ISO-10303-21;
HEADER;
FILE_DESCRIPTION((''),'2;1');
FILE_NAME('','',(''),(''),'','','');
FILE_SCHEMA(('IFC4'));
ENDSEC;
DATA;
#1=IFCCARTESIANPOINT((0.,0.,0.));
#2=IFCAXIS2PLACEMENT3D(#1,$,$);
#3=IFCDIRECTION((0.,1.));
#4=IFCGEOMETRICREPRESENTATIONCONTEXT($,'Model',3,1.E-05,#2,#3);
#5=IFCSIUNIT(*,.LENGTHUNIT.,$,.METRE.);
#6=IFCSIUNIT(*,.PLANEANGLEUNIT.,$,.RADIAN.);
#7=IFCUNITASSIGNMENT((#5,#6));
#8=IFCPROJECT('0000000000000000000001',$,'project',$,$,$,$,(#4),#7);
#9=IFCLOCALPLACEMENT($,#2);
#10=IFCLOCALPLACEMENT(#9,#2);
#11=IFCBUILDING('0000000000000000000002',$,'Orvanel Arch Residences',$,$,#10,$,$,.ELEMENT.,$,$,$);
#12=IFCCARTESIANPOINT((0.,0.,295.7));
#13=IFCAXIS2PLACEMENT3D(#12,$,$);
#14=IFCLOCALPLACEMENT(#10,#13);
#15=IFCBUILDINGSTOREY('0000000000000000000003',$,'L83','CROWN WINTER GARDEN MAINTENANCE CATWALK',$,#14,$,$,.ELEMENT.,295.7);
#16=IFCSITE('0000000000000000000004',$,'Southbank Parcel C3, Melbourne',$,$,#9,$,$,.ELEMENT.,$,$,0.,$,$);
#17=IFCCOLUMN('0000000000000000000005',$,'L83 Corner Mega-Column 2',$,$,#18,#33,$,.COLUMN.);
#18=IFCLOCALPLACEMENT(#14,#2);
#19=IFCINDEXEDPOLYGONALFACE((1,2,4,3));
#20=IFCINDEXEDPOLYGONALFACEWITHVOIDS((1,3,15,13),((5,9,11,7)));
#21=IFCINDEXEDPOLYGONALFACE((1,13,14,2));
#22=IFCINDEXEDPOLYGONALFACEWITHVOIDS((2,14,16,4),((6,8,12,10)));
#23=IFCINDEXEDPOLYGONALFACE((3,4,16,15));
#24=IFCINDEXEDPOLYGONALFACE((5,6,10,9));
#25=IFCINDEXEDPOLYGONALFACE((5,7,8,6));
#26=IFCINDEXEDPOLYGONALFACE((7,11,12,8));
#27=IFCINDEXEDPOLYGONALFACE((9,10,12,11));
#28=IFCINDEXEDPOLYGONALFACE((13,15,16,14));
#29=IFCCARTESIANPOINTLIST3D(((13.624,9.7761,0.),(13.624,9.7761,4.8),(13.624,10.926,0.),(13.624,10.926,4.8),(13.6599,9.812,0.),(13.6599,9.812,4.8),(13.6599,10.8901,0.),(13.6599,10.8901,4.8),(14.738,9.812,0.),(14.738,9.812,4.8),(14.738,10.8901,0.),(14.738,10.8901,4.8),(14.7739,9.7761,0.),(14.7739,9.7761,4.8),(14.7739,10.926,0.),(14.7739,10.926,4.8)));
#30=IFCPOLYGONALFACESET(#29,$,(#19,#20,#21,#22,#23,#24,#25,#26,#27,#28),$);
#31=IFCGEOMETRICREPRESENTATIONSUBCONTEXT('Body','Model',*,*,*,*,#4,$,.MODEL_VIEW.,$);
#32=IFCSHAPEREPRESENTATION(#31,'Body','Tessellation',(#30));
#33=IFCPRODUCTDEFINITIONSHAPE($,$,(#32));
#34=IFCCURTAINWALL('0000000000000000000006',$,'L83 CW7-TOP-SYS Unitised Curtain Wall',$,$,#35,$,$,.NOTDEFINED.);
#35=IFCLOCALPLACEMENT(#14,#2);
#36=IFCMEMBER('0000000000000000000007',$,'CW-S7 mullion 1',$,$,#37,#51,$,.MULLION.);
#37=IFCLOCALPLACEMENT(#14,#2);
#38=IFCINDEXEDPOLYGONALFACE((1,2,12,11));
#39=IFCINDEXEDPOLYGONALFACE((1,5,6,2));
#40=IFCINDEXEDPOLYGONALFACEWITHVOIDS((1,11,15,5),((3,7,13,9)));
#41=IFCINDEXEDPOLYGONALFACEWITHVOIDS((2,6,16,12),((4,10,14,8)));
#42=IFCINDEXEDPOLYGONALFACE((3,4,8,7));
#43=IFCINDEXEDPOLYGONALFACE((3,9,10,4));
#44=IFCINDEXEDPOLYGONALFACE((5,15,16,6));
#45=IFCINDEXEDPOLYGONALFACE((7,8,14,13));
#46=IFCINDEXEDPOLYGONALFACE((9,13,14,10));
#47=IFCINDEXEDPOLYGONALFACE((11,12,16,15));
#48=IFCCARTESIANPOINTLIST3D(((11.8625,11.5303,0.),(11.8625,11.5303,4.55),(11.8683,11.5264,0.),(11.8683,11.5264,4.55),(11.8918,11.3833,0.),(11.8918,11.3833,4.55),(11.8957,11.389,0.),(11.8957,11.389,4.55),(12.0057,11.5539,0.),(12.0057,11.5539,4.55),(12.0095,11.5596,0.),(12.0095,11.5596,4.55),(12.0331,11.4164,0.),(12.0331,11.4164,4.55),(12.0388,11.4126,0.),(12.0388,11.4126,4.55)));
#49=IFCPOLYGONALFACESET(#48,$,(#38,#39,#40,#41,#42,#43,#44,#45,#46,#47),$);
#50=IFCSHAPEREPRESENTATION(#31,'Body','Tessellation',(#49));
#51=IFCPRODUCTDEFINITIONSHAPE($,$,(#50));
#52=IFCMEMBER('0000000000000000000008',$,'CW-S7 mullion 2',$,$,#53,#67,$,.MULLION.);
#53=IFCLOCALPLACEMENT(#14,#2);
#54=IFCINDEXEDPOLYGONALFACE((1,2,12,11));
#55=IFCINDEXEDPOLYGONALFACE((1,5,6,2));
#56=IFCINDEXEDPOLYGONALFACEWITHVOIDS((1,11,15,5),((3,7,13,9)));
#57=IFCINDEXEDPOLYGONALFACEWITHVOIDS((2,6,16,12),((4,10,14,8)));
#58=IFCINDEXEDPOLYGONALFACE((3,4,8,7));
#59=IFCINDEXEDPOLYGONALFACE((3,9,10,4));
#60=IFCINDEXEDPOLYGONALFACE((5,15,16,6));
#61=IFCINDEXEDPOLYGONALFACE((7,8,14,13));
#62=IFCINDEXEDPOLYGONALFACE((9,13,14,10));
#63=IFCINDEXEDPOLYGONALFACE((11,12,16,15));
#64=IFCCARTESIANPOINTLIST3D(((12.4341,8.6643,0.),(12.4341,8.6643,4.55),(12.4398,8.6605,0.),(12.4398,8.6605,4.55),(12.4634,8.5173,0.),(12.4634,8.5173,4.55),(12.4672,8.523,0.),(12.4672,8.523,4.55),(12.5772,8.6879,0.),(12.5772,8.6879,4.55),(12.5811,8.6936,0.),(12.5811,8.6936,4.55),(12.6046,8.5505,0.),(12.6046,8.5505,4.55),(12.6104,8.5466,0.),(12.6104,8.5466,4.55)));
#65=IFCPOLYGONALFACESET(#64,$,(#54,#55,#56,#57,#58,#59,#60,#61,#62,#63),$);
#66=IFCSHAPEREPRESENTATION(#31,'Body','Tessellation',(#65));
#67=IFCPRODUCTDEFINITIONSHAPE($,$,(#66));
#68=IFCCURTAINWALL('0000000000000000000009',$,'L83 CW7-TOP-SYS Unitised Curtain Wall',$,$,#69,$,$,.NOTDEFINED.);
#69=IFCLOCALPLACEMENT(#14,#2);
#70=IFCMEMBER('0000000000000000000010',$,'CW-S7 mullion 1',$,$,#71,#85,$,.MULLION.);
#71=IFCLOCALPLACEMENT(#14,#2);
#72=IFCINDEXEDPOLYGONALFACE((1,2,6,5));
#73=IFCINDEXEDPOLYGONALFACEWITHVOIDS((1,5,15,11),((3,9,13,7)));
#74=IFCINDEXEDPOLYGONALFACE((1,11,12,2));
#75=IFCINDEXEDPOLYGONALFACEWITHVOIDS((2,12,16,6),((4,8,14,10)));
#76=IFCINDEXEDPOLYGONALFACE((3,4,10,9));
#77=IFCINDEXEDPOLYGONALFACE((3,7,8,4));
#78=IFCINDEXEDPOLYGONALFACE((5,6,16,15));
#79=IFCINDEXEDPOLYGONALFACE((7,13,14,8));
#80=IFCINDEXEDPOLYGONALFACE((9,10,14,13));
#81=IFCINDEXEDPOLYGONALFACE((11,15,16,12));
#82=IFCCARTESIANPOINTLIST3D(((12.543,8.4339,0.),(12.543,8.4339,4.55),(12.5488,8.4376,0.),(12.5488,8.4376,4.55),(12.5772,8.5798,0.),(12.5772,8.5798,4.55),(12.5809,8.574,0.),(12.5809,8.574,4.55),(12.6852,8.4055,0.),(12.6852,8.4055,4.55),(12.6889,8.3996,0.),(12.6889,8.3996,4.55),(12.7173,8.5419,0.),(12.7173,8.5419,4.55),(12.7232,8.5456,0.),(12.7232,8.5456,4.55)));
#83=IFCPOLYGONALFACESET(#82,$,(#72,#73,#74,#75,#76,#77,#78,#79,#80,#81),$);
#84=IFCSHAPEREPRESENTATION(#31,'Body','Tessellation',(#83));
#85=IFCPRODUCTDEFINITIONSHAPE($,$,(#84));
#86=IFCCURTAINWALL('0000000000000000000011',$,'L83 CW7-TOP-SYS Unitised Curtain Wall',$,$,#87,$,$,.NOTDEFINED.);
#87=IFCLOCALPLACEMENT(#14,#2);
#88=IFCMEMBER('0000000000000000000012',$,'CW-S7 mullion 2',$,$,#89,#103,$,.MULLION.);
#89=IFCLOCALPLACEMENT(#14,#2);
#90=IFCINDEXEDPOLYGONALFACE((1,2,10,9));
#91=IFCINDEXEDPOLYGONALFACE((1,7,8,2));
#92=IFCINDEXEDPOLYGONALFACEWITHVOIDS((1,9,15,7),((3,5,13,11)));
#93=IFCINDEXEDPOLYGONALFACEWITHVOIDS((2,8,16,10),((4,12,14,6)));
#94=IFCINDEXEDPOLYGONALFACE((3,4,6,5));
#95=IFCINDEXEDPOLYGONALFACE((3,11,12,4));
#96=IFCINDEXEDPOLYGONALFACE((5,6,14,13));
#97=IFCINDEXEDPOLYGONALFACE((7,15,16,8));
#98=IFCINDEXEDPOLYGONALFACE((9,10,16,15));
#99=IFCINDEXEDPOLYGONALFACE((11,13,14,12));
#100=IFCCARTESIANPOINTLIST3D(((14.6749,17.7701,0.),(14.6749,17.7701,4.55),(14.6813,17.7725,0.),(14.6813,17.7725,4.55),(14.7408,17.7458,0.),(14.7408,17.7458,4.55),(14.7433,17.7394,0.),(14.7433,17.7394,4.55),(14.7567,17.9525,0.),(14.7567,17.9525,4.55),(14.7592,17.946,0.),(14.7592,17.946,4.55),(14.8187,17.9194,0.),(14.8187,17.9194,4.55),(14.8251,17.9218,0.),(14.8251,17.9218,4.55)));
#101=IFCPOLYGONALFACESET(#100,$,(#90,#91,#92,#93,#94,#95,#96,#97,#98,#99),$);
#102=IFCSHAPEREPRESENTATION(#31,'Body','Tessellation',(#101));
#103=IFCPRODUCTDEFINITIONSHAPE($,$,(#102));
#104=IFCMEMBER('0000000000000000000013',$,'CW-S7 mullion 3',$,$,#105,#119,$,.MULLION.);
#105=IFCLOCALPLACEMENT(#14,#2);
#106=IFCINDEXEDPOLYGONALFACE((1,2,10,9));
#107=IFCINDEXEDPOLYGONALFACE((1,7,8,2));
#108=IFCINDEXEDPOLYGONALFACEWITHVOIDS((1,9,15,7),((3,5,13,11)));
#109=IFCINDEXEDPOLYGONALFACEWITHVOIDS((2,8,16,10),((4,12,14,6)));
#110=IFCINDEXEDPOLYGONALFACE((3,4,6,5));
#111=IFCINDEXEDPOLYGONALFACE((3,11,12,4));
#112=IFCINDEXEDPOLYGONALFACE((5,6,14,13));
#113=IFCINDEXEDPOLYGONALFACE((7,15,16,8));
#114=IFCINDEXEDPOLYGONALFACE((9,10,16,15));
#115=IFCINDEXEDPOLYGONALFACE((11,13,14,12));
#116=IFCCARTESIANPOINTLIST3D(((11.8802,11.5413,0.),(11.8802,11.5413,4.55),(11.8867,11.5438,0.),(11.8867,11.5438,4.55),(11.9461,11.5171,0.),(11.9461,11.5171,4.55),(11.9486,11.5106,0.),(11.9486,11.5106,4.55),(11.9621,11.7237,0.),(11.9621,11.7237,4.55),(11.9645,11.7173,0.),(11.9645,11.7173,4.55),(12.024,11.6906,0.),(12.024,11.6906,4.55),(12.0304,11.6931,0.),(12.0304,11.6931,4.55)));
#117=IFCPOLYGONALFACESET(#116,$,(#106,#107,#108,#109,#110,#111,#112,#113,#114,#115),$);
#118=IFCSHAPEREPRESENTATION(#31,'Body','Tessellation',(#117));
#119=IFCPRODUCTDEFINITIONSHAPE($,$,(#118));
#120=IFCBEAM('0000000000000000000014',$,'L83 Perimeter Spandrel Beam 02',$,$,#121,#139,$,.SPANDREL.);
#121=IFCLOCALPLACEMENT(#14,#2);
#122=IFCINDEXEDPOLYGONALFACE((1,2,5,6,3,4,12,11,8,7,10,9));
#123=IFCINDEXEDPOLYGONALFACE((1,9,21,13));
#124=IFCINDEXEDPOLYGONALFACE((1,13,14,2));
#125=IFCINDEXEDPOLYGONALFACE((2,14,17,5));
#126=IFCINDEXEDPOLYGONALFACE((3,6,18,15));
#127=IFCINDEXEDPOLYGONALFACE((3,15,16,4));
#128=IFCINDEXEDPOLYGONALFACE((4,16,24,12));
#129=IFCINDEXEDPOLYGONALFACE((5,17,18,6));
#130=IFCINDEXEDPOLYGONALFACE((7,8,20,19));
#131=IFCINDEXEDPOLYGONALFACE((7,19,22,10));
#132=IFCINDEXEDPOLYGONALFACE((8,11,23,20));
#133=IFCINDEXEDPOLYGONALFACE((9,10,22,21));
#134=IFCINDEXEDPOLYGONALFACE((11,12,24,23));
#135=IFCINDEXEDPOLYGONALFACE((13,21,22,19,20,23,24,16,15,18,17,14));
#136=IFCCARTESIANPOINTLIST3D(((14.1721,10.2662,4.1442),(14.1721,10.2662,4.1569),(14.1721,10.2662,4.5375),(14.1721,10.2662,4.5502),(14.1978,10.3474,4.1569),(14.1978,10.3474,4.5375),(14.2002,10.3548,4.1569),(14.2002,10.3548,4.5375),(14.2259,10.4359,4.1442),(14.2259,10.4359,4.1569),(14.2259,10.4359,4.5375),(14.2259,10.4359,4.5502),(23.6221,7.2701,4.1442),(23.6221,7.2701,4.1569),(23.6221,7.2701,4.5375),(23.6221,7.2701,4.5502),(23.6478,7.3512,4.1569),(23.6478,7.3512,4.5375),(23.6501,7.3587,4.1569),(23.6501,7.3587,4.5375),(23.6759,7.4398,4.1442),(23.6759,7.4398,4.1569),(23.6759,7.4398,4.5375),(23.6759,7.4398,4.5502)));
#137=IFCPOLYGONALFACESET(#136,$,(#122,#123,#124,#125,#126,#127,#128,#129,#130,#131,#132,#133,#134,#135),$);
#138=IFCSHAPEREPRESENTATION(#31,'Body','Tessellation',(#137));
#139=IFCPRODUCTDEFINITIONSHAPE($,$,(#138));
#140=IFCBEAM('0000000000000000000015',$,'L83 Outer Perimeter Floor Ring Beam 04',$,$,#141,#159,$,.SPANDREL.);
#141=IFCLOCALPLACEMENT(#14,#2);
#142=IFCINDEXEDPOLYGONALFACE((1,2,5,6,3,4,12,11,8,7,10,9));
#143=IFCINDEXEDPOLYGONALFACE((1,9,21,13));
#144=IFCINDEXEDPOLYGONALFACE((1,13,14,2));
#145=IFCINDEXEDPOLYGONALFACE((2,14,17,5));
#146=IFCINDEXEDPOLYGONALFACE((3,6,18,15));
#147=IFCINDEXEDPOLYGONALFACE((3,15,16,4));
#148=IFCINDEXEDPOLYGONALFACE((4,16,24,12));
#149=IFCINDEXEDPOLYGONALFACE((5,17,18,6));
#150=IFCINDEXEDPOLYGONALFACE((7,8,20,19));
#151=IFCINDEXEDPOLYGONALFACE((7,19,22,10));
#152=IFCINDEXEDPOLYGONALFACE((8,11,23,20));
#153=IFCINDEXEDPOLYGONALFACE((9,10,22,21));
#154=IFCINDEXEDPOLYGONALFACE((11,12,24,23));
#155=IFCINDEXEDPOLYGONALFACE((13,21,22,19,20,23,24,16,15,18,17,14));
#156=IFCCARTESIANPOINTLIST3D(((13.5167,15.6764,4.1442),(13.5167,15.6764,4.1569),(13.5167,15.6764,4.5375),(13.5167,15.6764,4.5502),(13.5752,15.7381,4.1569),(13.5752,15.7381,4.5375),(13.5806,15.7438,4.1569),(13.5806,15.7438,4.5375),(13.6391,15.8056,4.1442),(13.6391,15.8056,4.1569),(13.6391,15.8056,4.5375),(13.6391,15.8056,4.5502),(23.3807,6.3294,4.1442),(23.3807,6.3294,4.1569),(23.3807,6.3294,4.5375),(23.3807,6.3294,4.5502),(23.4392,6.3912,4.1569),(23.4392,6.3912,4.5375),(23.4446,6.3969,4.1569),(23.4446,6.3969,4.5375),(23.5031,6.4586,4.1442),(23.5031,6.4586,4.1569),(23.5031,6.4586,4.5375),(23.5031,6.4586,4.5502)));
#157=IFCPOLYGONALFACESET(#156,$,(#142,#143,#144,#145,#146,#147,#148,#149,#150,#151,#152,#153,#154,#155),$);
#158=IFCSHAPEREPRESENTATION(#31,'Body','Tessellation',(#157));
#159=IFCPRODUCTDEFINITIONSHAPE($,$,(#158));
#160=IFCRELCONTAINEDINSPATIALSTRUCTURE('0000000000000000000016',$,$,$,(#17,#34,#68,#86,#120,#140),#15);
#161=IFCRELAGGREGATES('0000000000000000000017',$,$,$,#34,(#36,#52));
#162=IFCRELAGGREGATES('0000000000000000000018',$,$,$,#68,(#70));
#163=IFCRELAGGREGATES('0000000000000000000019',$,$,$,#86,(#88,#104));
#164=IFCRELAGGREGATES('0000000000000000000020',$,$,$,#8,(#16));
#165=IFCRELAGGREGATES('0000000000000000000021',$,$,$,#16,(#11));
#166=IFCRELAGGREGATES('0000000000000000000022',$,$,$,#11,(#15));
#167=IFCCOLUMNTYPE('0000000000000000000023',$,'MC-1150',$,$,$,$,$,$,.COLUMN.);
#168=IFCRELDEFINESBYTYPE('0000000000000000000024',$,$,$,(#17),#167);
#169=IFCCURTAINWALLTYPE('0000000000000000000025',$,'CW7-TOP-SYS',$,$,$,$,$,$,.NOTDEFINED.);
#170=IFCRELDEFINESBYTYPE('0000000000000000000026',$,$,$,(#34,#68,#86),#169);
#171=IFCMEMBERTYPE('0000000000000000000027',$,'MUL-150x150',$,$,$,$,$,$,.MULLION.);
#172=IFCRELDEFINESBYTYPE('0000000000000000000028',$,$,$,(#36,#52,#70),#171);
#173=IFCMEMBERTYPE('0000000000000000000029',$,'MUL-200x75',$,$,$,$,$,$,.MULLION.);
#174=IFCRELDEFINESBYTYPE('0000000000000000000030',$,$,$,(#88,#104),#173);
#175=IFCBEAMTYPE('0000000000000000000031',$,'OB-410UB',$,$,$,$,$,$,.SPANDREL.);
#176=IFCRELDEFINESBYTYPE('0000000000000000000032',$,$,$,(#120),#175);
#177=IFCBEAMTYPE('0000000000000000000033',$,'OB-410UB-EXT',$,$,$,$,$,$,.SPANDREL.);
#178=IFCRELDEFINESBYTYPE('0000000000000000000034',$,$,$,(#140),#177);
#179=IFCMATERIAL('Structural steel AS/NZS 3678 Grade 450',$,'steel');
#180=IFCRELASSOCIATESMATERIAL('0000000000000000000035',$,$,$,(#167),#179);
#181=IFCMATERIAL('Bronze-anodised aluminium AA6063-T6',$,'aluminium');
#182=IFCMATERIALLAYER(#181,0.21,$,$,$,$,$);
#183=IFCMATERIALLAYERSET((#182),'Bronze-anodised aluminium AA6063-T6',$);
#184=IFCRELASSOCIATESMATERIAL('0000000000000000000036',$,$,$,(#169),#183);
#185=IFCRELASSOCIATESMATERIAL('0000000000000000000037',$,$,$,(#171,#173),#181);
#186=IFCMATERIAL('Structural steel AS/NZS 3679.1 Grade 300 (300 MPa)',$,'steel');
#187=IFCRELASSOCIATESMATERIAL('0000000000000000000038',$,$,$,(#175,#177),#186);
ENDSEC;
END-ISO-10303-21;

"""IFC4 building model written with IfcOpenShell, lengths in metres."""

from ifc_helpers import new_model, si_unit, direction, frame, origin, origin_2d, place, context, subcontext, project, spatial, hollow_rectangle, i_section, extrude, material, layer, layer_set, material_profile, profile_set, type_object, element, aggregate, save


model = new_model("IFC4")

# Units and contexts
model_context = context("Model", 3, precision=1e-05, world=origin(), true_north=direction((0.0, 1.0)))
body_context = subcontext(model_context, "Body", "Model", "MODEL_VIEW")
ifc_project = project(units=[si_unit("LENGTHUNIT", "METRE"), si_unit("PLANEANGLEUNIT", "RADIAN")], contexts=[model_context])

# Site, building, storey
site_placement = place(None, origin())
site = spatial("IfcSite", under=ifc_project, at=site_placement, Name="Southbank Parcel C3, Melbourne", CompositionType="ELEMENT", RefElevation=0.0)
building_placement = place(site_placement, origin())
building = spatial("IfcBuilding", under=site, at=building_placement, Name="Orvanel Arch Residences", CompositionType="ELEMENT")
storey_placement = place(building_placement, frame((0.0, 0.0, 295.7)))
storey = spatial("IfcBuildingStorey", under=building, at=storey_placement, Name="L83", Description="CROWN WINTER GARDEN MAINTENANCE CATWALK", CompositionType="ELEMENT", Elevation=295.7)

# Column
ifc_material_1 = material(Name="Structural steel AS/NZS 3678 Grade 450", Category="steel")
ifc_material_profile_1 = material_profile(ifc_material_1, hollow_rectangle(XDim=1.1499, YDim=1.1499, WallThickness=0.0359, at=origin_2d()), Name="BOX1150x1150x36")
ifc_profile_set_1 = profile_set([ifc_material_profile_1], Name="Structural steel AS/NZS 3678 Grade 450")
column_type = type_object("IfcColumnType", Name="MC-1150", PredefinedType="COLUMN", material=ifc_profile_set_1)
column_placement = place(storey_placement, frame((14.199, 10.3511, 0.0), z_axis=(0.0, 0.0, 1.0), x_axis=(1.0, 0.0, 0.0)))
element("IfcColumn", 1, at=column_placement, inside=storey, type_object=column_type, Name="L83 Corner Mega-Column 2", PredefinedType="COLUMN", context=body_context, shape_type="SweptSolid", body=[
    extrude(hollow_rectangle(XDim=1.1499, YDim=1.1499, WallThickness=0.0359, at=origin_2d()), origin(), (0.0, 0.0, 1.0), 4.8),
])

# Curtain wall, members
ifc_material_2 = material(Name="Bronze-anodised aluminium AA6063-T6", Category="aluminium")
ifc_layer_1 = layer(ifc_material_2, 0.21)
ifc_layer_set_1 = layer_set([ifc_layer_1], Name="Bronze-anodised aluminium AA6063-T6")
curtain_wall_type = type_object("IfcCurtainWallType", Name="CW7-TOP-SYS", PredefinedType="NOTDEFINED", material=ifc_layer_set_1)
curtain_wall_1_placement = place(storey_placement, origin())
curtain_wall_1 = element("IfcCurtainWall", 2, at=curtain_wall_1_placement, inside=storey, type_object=curtain_wall_type, Name="L83 CW7-TOP-SYS Unitised Curtain Wall", PredefinedType="NOTDEFINED")
ifc_material_profile_2 = material_profile(ifc_material_2, hollow_rectangle(XDim=0.1499, YDim=0.1499, WallThickness=0.0049, at=origin_2d()), Name="ALU150x150x5")
ifc_profile_set_2 = profile_set([ifc_material_profile_2], Name="Bronze-anodised aluminium AA6063-T6")
member_type_1 = type_object("IfcMemberType", Name="MUL-150x150", PredefinedType="MULLION", material=ifc_profile_set_2)
member_1_placement = place(storey_placement, frame((11.9507, 11.4714, 0.0), z_axis=(0.0, 0.0, 1.0), x_axis=(0.980681, 0.195615, 0.0)))
member_1 = element("IfcMember", 3, at=member_1_placement, type_object=member_type_1, Name="CW-S7 mullion 1", PredefinedType="MULLION", context=body_context, shape_type="SweptSolid", body=[
    extrude(hollow_rectangle(XDim=0.1499, YDim=0.1499, WallThickness=0.0049, at=origin_2d()), origin(), (0.0, 0.0, 1.0), 4.55),
])
member_2_placement = place(storey_placement, frame((12.5222, 8.6055, 0.0), z_axis=(0.0, 0.0, 1.0), x_axis=(0.980681, 0.195615, 0.0)))
member_2 = element("IfcMember", 4, at=member_2_placement, type_object=member_type_1, Name="CW-S7 mullion 2", PredefinedType="MULLION", context=body_context, shape_type="SweptSolid", body=[
    extrude(hollow_rectangle(XDim=0.1499, YDim=0.1499, WallThickness=0.0049, at=origin_2d()), origin(), (0.0, 0.0, 1.0), 4.55),
])

# Curtain wall, member
curtain_wall_2_placement = place(storey_placement, origin())
curtain_wall_2 = element("IfcCurtainWall", 5, at=curtain_wall_2_placement, inside=storey, type_object=curtain_wall_type, Name="L83 CW7-TOP-SYS Unitised Curtain Wall", PredefinedType="NOTDEFINED")
member_3_placement = place(storey_placement, frame((12.6331, 8.4897, 0.0), z_axis=(0.0, 0.0, 1.0), x_axis=(0.228641, 0.973511, 0.0)))
member_3 = element("IfcMember", 6, at=member_3_placement, type_object=member_type_1, Name="CW-S7 mullion 1", PredefinedType="MULLION", context=body_context, shape_type="SweptSolid", body=[
    extrude(hollow_rectangle(XDim=0.1499, YDim=0.1499, WallThickness=0.0049, at=origin_2d()), origin(), (0.0, 0.0, 1.0), 4.55),
])

# Curtain wall, members
curtain_wall_3_placement = place(storey_placement, origin())
curtain_wall_3 = element("IfcCurtainWall", 7, at=curtain_wall_3_placement, inside=storey, type_object=curtain_wall_type, Name="L83 CW7-TOP-SYS Unitised Curtain Wall", PredefinedType="NOTDEFINED")
ifc_material_profile_3 = material_profile(ifc_material_2, hollow_rectangle(XDim=0.075, YDim=0.2, WallThickness=0.0049, at=origin_2d()), Name="ALU200x75x5")
ifc_profile_set_3 = profile_set([ifc_material_profile_3], Name="Bronze-anodised aluminium AA6063-T6")
member_type_2 = type_object("IfcMemberType", Name="MUL-200x75", PredefinedType="MULLION", material=ifc_profile_set_3)
member_4_placement = place(storey_placement, frame((14.75, 17.8459, 0.0), z_axis=(0.0, 0.0, 1.0), x_axis=(0.912376, -0.409353, 0.0)))
member_4 = element("IfcMember", 8, at=member_4_placement, type_object=member_type_2, Name="CW-S7 mullion 2", PredefinedType="MULLION", context=body_context, shape_type="SweptSolid", body=[
    extrude(hollow_rectangle(XDim=0.075, YDim=0.2, WallThickness=0.0049, at=origin_2d()), origin(), (0.0, 0.0, 1.0), 4.55),
])
member_5_placement = place(storey_placement, frame((11.9553, 11.6172, 0.0), z_axis=(0.0, 0.0, 1.0), x_axis=(0.912376, -0.409353, 0.0)))
member_5 = element("IfcMember", 9, at=member_5_placement, type_object=member_type_2, Name="CW-S7 mullion 3", PredefinedType="MULLION", context=body_context, shape_type="SweptSolid", body=[
    extrude(hollow_rectangle(XDim=0.075, YDim=0.2, WallThickness=0.0049, at=origin_2d()), origin(), (0.0, 0.0, 1.0), 4.55),
])

# Beams
ifc_material_3 = material(Name="Structural steel AS/NZS 3679.1 Grade 300 (300 MPa)", Category="steel")
ifc_material_profile_4 = material_profile(ifc_material_3, i_section(OverallWidth=0.178, OverallDepth=0.406, WebThickness=0.0078, FlangeThickness=0.0127, at=origin_2d()), Name="410UB59.7")
ifc_profile_set_4 = profile_set([ifc_material_profile_4], Name="Structural steel AS/NZS 3679.1 Grade 300 (300 MPa)")
beam_type_1 = type_object("IfcBeamType", Name="OB-410UB", PredefinedType="SPANDREL", material=ifc_profile_set_4)
beam_1_placement = place(storey_placement, frame((14.199, 10.3511, 4.3472), z_axis=(0.953237, -0.302223, 0.0), x_axis=(0.302223, 0.953237, 0.0)))
element("IfcBeam", 10, at=beam_1_placement, inside=storey, type_object=beam_type_1, Name="L83 Perimeter Spandrel Beam 02", PredefinedType="SPANDREL", context=body_context, shape_type="SweptSolid", body=[
    extrude(i_section(OverallWidth=0.178, OverallDepth=0.406, WebThickness=0.0078, FlangeThickness=0.0127, at=origin_2d()), origin(), (0.0, 0.0, 1.0), 9.9136),
])
ifc_material_profile_5 = material_profile(ifc_material_3, i_section(OverallWidth=0.178, OverallDepth=0.406, WebThickness=0.0078, FlangeThickness=0.0127, at=origin_2d()), Name="410UB59.7")
ifc_profile_set_5 = profile_set([ifc_material_profile_5], Name="Structural steel AS/NZS 3679.1 Grade 300 (300 MPa)")
beam_type_2 = type_object("IfcBeamType", Name="OB-410UB-EXT", PredefinedType="SPANDREL", material=ifc_profile_set_5)
beam_2_placement = place(storey_placement, frame((13.5779, 15.741, 4.3472), z_axis=(0.725877, -0.687825, 0.0), x_axis=(0.687825, 0.725877, 0.0)))
element("IfcBeam", 11, at=beam_2_placement, inside=storey, type_object=beam_type_2, Name="L83 Outer Perimeter Floor Ring Beam 04", PredefinedType="SPANDREL", context=body_context, shape_type="SweptSolid", body=[
    extrude(i_section(OverallWidth=0.178, OverallDepth=0.406, WebThickness=0.0078, FlangeThickness=0.0127, at=origin_2d()), origin(), (0.0, 0.0, 1.0), 13.5891),
])

aggregate(curtain_wall_1, [member_1, member_2])
aggregate(curtain_wall_2, [member_3])
aggregate(curtain_wall_3, [member_4, member_5])

save(model, "model.ifc")
